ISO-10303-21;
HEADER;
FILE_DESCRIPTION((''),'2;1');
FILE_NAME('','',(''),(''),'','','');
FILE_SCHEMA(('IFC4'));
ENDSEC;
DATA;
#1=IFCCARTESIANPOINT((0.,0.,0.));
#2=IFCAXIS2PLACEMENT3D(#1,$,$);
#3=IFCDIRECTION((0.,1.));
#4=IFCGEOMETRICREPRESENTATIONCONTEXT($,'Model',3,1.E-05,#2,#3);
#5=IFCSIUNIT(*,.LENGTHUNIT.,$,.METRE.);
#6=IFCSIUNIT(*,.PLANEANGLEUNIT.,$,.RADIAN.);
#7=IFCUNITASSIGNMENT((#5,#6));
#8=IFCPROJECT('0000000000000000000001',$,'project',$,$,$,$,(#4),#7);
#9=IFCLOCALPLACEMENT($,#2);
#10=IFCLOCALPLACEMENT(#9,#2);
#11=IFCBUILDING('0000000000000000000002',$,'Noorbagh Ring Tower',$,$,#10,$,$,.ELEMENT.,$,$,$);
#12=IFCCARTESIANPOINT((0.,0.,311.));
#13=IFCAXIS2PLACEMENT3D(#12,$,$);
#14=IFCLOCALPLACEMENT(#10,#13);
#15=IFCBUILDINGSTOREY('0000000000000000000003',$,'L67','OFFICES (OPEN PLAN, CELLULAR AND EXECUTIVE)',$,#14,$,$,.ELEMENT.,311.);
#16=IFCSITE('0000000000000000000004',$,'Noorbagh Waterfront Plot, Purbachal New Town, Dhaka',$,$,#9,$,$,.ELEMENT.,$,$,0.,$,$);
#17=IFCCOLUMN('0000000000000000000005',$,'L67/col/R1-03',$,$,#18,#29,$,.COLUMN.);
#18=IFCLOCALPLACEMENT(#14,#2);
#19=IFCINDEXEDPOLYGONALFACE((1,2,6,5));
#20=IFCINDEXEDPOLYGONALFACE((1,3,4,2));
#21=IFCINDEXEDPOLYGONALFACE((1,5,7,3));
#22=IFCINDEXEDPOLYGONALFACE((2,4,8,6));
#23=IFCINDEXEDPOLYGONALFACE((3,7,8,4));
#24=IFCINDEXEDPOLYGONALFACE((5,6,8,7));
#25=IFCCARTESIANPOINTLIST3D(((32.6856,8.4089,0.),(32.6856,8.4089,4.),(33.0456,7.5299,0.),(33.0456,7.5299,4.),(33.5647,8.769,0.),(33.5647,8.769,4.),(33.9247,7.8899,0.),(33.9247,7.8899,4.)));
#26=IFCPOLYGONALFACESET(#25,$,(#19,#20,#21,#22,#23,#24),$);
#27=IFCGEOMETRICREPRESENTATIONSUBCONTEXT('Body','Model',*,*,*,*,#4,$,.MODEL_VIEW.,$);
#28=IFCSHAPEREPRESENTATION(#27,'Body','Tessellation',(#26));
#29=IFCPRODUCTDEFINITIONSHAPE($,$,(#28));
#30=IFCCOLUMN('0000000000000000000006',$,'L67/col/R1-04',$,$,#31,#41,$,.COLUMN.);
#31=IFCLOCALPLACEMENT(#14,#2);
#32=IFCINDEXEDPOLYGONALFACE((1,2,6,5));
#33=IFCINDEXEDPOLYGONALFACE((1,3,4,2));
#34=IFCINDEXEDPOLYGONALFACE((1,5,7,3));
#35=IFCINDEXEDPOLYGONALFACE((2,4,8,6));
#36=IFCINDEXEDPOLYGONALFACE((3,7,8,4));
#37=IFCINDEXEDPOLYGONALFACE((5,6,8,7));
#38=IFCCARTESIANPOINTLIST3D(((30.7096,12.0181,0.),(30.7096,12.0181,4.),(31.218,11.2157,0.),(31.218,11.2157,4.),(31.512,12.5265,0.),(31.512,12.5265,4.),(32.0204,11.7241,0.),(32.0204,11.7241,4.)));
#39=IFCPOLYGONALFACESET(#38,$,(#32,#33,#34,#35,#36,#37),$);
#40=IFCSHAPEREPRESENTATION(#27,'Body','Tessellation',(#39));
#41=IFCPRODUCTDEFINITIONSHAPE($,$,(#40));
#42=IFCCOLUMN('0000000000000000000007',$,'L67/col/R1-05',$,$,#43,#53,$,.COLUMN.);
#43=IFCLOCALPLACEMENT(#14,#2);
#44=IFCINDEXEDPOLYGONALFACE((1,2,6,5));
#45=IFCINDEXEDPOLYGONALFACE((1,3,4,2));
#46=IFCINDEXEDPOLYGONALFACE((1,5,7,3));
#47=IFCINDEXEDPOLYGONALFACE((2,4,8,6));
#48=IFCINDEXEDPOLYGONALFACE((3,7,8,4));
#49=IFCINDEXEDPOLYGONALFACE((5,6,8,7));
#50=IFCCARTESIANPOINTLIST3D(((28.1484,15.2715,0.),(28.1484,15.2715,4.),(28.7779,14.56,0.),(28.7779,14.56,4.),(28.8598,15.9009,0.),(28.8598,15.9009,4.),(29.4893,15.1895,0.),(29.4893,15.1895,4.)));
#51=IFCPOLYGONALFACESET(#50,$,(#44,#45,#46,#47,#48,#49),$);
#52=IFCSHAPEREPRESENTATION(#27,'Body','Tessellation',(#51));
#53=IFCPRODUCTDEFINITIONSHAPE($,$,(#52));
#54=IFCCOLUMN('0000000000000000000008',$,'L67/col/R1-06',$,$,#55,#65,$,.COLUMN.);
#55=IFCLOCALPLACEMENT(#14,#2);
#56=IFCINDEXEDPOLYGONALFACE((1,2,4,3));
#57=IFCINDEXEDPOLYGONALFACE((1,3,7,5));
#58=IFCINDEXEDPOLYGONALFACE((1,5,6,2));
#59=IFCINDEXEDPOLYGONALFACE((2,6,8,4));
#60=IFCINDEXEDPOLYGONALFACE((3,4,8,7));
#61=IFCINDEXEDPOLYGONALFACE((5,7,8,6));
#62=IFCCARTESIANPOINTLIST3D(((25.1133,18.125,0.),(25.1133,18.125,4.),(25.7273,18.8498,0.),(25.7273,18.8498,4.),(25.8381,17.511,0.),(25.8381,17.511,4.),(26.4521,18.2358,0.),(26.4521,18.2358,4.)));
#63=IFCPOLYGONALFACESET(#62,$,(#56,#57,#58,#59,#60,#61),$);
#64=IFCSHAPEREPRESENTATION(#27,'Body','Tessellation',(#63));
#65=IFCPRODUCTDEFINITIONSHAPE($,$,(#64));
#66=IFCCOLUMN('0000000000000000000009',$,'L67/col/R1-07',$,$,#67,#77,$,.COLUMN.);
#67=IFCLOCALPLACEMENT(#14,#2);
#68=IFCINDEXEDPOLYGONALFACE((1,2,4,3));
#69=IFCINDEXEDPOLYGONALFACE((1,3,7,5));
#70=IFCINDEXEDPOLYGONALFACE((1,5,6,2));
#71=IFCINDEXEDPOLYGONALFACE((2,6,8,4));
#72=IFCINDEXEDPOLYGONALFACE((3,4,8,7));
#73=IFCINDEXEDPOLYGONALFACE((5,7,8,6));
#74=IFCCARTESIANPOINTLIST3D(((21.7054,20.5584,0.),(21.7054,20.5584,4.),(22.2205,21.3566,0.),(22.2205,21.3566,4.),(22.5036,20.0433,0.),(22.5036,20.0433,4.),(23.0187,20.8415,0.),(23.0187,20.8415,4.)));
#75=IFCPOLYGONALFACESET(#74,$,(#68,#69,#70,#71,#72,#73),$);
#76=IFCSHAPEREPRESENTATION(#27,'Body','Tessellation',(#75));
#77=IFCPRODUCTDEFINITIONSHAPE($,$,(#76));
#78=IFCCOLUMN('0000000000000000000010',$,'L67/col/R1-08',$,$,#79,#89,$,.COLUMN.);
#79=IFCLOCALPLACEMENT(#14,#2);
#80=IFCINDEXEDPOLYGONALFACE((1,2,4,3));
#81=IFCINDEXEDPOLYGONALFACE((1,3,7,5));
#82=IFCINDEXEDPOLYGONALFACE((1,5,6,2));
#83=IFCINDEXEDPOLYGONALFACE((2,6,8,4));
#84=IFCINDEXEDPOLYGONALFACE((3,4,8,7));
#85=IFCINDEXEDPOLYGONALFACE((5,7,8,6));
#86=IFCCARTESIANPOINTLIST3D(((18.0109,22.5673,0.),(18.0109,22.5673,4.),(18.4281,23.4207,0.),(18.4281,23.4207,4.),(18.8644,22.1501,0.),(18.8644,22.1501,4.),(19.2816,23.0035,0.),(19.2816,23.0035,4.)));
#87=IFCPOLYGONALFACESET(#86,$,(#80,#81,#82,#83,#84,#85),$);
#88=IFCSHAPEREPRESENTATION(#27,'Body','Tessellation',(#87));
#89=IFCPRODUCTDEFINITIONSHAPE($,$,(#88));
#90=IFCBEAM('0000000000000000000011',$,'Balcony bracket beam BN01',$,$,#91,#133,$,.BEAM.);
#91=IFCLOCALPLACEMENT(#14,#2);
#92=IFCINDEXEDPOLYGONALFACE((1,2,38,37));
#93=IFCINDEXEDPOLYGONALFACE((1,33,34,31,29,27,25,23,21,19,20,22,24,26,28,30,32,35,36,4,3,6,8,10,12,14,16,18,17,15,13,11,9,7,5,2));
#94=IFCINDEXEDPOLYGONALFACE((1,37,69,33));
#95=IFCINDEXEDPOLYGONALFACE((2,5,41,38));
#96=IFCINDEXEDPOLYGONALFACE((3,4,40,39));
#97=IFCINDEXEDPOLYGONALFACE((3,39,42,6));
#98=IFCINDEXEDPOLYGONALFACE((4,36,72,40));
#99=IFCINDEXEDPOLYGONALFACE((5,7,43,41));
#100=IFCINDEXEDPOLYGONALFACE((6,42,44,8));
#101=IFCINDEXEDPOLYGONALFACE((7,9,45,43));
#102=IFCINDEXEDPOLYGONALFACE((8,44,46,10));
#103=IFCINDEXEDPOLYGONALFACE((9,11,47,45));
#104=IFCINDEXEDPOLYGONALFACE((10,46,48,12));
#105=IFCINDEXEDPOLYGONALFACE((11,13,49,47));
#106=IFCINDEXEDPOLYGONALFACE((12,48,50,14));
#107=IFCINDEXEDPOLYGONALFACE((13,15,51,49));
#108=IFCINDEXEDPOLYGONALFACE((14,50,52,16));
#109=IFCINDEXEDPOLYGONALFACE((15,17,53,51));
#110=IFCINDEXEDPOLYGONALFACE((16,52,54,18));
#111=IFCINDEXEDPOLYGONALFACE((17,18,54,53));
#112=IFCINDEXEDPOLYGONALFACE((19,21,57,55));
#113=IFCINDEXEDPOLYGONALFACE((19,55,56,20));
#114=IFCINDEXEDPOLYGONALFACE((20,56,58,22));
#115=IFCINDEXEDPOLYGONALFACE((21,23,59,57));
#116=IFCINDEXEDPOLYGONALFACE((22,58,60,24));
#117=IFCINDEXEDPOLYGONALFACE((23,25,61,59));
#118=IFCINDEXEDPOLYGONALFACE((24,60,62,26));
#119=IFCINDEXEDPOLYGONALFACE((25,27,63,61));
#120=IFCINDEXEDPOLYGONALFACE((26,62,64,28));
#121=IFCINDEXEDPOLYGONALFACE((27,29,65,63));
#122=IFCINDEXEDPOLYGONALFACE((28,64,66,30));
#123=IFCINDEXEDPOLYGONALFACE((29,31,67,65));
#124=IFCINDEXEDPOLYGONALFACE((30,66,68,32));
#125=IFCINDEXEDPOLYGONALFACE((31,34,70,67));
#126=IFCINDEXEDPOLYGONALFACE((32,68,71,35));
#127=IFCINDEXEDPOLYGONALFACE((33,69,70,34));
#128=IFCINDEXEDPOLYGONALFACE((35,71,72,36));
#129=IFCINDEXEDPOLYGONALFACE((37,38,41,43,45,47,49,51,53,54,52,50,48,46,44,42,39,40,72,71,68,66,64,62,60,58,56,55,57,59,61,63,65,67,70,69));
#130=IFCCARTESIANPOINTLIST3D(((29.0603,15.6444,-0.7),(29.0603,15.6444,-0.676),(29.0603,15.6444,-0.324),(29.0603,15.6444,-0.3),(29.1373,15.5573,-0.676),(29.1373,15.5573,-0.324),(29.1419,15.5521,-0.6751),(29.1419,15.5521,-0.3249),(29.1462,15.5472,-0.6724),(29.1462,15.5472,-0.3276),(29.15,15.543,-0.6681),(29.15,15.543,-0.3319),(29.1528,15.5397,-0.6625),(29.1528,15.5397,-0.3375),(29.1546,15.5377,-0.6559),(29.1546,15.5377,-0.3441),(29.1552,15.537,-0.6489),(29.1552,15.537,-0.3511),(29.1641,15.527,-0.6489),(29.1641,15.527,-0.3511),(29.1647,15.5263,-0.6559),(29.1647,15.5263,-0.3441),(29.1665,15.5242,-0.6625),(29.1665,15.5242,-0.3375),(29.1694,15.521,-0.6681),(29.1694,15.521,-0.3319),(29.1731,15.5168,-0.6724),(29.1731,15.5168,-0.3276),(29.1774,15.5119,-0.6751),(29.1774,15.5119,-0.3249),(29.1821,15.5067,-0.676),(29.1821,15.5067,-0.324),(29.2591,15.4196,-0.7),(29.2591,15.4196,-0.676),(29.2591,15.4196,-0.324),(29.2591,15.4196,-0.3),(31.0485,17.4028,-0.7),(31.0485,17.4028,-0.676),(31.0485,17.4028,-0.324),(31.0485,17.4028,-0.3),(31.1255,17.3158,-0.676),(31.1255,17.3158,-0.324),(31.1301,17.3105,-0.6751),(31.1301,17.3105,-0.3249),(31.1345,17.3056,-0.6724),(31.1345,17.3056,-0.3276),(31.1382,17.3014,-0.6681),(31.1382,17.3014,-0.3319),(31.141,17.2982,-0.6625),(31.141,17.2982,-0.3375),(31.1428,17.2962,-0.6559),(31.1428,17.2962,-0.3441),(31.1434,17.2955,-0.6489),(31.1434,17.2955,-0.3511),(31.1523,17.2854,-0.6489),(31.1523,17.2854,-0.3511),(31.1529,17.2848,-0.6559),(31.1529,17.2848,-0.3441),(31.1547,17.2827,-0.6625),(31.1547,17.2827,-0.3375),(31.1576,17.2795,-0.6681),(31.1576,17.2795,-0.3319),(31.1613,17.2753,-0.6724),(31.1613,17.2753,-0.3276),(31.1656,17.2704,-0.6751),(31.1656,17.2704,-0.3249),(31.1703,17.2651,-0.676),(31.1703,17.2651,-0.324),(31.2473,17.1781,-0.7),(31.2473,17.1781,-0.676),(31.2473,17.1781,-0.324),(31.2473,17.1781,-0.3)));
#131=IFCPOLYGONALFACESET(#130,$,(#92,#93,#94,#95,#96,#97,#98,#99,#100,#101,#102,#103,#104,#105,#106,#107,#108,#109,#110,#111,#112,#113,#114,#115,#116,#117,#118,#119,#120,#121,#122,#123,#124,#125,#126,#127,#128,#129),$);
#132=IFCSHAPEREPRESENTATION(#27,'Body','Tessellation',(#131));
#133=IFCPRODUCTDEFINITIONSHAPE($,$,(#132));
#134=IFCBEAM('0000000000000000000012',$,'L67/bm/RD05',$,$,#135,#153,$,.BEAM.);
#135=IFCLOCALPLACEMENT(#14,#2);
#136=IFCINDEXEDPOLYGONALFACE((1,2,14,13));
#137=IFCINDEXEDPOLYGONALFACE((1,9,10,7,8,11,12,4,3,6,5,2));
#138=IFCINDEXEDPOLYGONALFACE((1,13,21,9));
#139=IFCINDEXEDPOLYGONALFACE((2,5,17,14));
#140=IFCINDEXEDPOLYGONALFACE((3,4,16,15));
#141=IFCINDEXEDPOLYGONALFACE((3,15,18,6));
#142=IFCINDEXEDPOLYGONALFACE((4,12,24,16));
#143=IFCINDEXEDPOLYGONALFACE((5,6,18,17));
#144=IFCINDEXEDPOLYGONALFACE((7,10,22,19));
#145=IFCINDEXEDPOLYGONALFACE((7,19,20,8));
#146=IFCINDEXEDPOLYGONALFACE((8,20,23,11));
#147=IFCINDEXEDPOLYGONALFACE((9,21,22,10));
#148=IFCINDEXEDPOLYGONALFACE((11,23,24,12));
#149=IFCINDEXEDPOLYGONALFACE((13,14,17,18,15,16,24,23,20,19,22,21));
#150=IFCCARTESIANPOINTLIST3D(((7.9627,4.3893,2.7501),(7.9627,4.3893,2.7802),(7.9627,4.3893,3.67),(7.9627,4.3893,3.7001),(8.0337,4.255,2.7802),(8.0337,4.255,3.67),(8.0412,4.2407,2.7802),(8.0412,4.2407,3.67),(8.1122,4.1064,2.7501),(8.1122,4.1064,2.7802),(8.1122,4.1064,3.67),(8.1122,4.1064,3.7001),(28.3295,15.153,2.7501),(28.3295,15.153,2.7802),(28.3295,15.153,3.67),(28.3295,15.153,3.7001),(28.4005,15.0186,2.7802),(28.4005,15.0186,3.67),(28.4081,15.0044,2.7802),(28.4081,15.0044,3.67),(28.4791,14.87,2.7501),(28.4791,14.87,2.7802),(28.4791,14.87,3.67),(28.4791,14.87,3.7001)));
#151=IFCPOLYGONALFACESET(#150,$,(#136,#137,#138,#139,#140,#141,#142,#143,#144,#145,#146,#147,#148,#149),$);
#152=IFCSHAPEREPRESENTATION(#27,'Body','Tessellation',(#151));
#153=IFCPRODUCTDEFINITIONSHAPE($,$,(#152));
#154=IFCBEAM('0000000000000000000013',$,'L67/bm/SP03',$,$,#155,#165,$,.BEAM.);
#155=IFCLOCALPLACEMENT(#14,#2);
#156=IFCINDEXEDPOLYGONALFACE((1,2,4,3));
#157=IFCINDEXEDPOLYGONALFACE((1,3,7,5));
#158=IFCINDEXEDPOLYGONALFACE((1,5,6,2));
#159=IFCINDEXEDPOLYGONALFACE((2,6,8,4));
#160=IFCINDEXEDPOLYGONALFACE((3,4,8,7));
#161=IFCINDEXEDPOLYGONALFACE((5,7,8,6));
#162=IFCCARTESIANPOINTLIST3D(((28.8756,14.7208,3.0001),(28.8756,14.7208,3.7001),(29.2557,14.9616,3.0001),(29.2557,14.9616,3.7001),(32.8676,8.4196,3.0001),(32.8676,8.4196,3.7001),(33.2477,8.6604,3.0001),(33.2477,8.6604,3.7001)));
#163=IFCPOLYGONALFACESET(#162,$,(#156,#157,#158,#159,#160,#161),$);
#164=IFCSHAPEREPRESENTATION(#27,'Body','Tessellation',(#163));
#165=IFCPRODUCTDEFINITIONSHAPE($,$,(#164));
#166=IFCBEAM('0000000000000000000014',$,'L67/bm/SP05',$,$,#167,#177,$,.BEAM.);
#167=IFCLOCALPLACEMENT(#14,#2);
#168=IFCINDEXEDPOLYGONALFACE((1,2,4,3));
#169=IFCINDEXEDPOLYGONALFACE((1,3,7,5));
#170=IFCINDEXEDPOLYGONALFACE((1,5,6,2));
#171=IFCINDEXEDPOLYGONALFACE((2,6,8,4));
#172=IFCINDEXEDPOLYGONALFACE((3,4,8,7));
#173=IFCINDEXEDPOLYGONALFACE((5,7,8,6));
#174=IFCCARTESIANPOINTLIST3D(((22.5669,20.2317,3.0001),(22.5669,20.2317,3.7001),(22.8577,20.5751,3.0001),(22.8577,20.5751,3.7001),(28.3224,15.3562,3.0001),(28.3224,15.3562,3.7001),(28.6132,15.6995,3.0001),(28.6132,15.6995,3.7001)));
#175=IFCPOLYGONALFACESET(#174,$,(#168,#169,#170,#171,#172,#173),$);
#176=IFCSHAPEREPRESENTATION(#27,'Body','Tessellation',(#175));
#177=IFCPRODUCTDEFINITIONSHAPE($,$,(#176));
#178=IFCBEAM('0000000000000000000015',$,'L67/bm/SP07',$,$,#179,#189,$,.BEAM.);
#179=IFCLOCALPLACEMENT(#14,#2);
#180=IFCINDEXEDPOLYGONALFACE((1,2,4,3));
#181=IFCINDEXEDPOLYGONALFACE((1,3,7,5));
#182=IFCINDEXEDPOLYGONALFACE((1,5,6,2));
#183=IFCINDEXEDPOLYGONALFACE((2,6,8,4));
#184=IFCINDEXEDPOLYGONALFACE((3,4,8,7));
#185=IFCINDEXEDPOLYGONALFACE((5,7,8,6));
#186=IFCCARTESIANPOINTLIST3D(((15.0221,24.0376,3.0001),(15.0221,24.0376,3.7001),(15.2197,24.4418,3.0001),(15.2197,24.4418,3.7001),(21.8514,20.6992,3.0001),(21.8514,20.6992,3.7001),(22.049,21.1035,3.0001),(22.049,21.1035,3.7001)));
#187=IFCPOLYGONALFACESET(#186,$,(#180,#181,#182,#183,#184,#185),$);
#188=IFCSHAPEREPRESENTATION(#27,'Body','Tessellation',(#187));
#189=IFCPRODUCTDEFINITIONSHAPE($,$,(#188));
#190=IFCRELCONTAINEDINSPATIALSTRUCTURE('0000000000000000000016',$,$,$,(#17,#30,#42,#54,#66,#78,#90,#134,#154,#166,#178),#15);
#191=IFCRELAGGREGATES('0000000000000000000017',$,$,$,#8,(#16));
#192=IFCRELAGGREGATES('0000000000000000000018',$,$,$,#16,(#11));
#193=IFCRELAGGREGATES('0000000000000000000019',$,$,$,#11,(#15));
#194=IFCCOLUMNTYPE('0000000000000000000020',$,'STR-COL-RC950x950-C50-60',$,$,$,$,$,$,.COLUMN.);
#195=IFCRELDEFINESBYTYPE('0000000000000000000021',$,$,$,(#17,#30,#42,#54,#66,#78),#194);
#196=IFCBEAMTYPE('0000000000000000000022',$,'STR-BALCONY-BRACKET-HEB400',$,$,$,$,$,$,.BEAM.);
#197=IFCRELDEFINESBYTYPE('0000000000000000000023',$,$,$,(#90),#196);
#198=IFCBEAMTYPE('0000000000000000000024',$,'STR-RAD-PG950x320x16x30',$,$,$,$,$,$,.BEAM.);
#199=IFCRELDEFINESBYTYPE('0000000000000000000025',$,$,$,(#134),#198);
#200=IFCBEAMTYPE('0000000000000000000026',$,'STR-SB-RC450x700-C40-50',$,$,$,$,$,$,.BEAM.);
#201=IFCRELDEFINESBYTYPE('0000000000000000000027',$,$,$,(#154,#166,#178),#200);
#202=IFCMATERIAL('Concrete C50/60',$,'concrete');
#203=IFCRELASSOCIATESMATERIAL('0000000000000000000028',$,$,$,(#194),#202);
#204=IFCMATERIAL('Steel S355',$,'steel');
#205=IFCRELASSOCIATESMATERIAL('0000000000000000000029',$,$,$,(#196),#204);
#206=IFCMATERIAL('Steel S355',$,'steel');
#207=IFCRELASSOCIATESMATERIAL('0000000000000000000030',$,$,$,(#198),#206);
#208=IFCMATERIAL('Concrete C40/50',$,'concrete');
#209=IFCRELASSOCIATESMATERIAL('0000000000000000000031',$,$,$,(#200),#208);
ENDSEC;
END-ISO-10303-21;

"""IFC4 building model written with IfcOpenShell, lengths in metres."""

from ifc_helpers import new_model, si_unit, direction, frame, origin, origin_2d, place, context, subcontext, project, spatial, rectangle, i_section, extrude, material, material_profile, profile_set, type_object, element, save


model = new_model("IFC4")

# Units and contexts
model_context = context("Model", 3, precision=1e-05, world=origin(), true_north=direction((0.0, 1.0)))
body_context = subcontext(model_context, "Body", "Model", "MODEL_VIEW")
ifc_project = project(units=[si_unit("LENGTHUNIT", "METRE"), si_unit("PLANEANGLEUNIT", "RADIAN")], contexts=[model_context])

# Site, building, storey
site_placement = place(None, origin())
site = spatial("IfcSite", under=ifc_project, at=site_placement, Name="Noorbagh Waterfront Plot, Purbachal New Town, Dhaka", CompositionType="ELEMENT", RefElevation=0.0)
building_placement = place(site_placement, origin())
building = spatial("IfcBuilding", under=site, at=building_placement, Name="Noorbagh Ring Tower", CompositionType="ELEMENT")
storey_placement = place(building_placement, frame((0.0, 0.0, 311.0)))
storey = spatial("IfcBuildingStorey", under=building, at=storey_placement, Name="L67", Description="OFFICES (OPEN PLAN, CELLULAR AND EXECUTIVE)", CompositionType="ELEMENT", Elevation=311.0)

# Columns
ifc_material_1 = material(Name="Concrete C50/60", Category="concrete")
ifc_material_profile_1 = material_profile(ifc_material_1, rectangle(XDim=0.95, YDim=0.95, at=origin_2d()), Name="RC950x950")
ifc_profile_set_1 = profile_set([ifc_material_profile_1], Name="Concrete C50/60")
column_type = type_object("IfcColumnType", Name="STR-COL-RC950x950-C50-60", PredefinedType="COLUMN", material=ifc_profile_set_1)
for number, where, z_axis, x_axis, name in (
    (1, (33.3052, 8.1494, 0.0), (0.0, 0.0, 1.0), (-0.378989, 0.925401, 0.0), "L67/col/R1-03"),
    (2, (31.365, 11.8711, 0.0), (0.0, 0.0, 1.0), (-0.53519, 0.844731, 0.0), "L67/col/R1-04"),
    (3, (28.8188, 15.2305, 0.0), (0.0, 0.0, 1.0), (-0.662636, 0.748942, 0.0), "L67/col/R1-05"),
    (4, (25.7827, 18.1804, 0.0), (0.0, 0.0, 1.0), (-0.763035, 0.646357, 0.0), "L67/col/R1-06"),
    (5, (22.3621, 20.7, 0.0), (0.0, 0.0, 1.0), (-0.840248, 0.542203, 0.0), "L67/col/R1-07"),
    (6, (18.6462, 22.7854, 0.0), (0.0, 0.0, 1.0), (-0.898399, 0.43918, 0.0), "L67/col/R1-08"),
):
    element("IfcColumn", number, at=place(storey_placement, frame(where, z_axis=z_axis, x_axis=x_axis)), inside=storey, type_object=column_type, Name=name, PredefinedType="COLUMN", context=body_context, shape_type="SweptSolid", body=[
        extrude(rectangle(XDim=0.95, YDim=0.95, at=origin_2d()), origin(), (0.0, 0.0, 1.0), 4.0),
    ])

# Beams
ifc_material_2 = material(Name="Steel S355", Category="steel")
ifc_material_profile_2 = material_profile(ifc_material_2, i_section(OverallWidth=0.3, OverallDepth=0.3999, WebThickness=0.0134, FlangeThickness=0.0239, FilletRadius=0.0271, at=origin_2d()), Name="HEB400")
ifc_profile_set_2 = profile_set([ifc_material_profile_2], Name="Steel S355")
beam_type_1 = type_object("IfcBeamType", Name="STR-BALCONY-BRACKET-HEB400", PredefinedType="BEAM", material=ifc_profile_set_2)
beam_1_placement = place(storey_placement, frame((29.1597, 15.532, -0.5), z_axis=(0.749056, 0.662506, 0.0), x_axis=(-0.662506, 0.749056, 0.0)))
element("IfcBeam", 7, at=beam_1_placement, inside=storey, type_object=beam_type_1, Name="Balcony bracket beam BN01", PredefinedType="BEAM", context=body_context, shape_type="SweptSolid", body=[
    extrude(i_section(OverallWidth=0.3, OverallDepth=0.3999, WebThickness=0.0134, FlangeThickness=0.0239, FilletRadius=0.0271, at=origin_2d()), origin(), (0.0, 0.0, 1.0), 2.6543),
])
ifc_material_3 = material(Name="Steel S355", Category="steel")
ifc_material_profile_3 = material_profile(ifc_material_3, i_section(OverallWidth=0.3201, OverallDepth=0.95, WebThickness=0.0161, FlangeThickness=0.03, at=origin_2d()), Name="PG950x320x16x30")
ifc_profile_set_3 = profile_set([ifc_material_profile_3], Name="Steel S355")
beam_type_2 = type_object("IfcBeamType", Name="STR-RAD-PG950x320x16x30", PredefinedType="BEAM", material=ifc_profile_set_3)
beam_2_placement = place(storey_placement, frame((28.4043, 15.0115, 3.2251), z_axis=(-0.884126, -0.467249, 0.0), x_axis=(0.467249, -0.884126, 0.0)))
element("IfcBeam", 8, at=beam_2_placement, inside=storey, type_object=beam_type_2, Name="L67/bm/RD05", PredefinedType="BEAM", context=body_context, shape_type="SweptSolid", body=[
    extrude(i_section(OverallWidth=0.3201, OverallDepth=0.95, WebThickness=0.0161, FlangeThickness=0.03, at=origin_2d()), origin(), (0.0, 0.0, 1.0), 23.0361),
])
ifc_material_4 = material(Name="Concrete C40/50", Category="concrete")
ifc_material_profile_4 = material_profile(ifc_material_4, rectangle(XDim=0.45, YDim=0.7, at=origin_2d()), Name="RC450x700")
ifc_profile_set_4 = profile_set([ifc_material_profile_4], Name="Concrete C40/50")
beam_type_3 = type_object("IfcBeamType", Name="STR-SB-RC450x700-C40-50", PredefinedType="BEAM", material=ifc_profile_set_4)
beam_3_placement = place(storey_placement, frame((33.0576, 8.54, 3.3501), z_axis=(-0.535176, 0.844741, 0.0), x_axis=(-0.844741, -0.535176, 0.0)))
element("IfcBeam", 9, at=beam_3_placement, inside=storey, type_object=beam_type_3, Name="L67/bm/SP03", PredefinedType="BEAM", context=body_context, shape_type="SweptSolid", body=[
    extrude(rectangle(XDim=0.45, YDim=0.7, at=origin_2d()), origin(), (0.0, 0.0, 1.0), 7.4592),
])
beam_4_placement = place(storey_placement, frame((28.4678, 15.5278, 3.3501), z_axis=(-0.763023, 0.646372, 0.0), x_axis=(-0.646372, -0.763023, 0.0)))
element("IfcBeam", 10, at=beam_4_placement, inside=storey, type_object=beam_type_3, Name="L67/bm/SP05", PredefinedType="BEAM", context=body_context, shape_type="SweptSolid", body=[
    extrude(rectangle(XDim=0.45, YDim=0.7, at=origin_2d()), origin(), (0.0, 0.0, 1.0), 7.543),
])
beam_5_placement = place(storey_placement, frame((21.9502, 20.9014, 3.3501), z_axis=(-0.898406, 0.439166, 0.0), x_axis=(-0.439166, -0.898406, 0.0)))
element("IfcBeam", 11, at=beam_5_placement, inside=storey, type_object=beam_type_3, Name="L67/bm/SP07", PredefinedType="BEAM", context=body_context, shape_type="SweptSolid", body=[
    extrude(rectangle(XDim=0.45, YDim=0.7, at=origin_2d()), origin(), (0.0, 0.0, 1.0), 7.6016),
])

save(model, "model.ifc")
